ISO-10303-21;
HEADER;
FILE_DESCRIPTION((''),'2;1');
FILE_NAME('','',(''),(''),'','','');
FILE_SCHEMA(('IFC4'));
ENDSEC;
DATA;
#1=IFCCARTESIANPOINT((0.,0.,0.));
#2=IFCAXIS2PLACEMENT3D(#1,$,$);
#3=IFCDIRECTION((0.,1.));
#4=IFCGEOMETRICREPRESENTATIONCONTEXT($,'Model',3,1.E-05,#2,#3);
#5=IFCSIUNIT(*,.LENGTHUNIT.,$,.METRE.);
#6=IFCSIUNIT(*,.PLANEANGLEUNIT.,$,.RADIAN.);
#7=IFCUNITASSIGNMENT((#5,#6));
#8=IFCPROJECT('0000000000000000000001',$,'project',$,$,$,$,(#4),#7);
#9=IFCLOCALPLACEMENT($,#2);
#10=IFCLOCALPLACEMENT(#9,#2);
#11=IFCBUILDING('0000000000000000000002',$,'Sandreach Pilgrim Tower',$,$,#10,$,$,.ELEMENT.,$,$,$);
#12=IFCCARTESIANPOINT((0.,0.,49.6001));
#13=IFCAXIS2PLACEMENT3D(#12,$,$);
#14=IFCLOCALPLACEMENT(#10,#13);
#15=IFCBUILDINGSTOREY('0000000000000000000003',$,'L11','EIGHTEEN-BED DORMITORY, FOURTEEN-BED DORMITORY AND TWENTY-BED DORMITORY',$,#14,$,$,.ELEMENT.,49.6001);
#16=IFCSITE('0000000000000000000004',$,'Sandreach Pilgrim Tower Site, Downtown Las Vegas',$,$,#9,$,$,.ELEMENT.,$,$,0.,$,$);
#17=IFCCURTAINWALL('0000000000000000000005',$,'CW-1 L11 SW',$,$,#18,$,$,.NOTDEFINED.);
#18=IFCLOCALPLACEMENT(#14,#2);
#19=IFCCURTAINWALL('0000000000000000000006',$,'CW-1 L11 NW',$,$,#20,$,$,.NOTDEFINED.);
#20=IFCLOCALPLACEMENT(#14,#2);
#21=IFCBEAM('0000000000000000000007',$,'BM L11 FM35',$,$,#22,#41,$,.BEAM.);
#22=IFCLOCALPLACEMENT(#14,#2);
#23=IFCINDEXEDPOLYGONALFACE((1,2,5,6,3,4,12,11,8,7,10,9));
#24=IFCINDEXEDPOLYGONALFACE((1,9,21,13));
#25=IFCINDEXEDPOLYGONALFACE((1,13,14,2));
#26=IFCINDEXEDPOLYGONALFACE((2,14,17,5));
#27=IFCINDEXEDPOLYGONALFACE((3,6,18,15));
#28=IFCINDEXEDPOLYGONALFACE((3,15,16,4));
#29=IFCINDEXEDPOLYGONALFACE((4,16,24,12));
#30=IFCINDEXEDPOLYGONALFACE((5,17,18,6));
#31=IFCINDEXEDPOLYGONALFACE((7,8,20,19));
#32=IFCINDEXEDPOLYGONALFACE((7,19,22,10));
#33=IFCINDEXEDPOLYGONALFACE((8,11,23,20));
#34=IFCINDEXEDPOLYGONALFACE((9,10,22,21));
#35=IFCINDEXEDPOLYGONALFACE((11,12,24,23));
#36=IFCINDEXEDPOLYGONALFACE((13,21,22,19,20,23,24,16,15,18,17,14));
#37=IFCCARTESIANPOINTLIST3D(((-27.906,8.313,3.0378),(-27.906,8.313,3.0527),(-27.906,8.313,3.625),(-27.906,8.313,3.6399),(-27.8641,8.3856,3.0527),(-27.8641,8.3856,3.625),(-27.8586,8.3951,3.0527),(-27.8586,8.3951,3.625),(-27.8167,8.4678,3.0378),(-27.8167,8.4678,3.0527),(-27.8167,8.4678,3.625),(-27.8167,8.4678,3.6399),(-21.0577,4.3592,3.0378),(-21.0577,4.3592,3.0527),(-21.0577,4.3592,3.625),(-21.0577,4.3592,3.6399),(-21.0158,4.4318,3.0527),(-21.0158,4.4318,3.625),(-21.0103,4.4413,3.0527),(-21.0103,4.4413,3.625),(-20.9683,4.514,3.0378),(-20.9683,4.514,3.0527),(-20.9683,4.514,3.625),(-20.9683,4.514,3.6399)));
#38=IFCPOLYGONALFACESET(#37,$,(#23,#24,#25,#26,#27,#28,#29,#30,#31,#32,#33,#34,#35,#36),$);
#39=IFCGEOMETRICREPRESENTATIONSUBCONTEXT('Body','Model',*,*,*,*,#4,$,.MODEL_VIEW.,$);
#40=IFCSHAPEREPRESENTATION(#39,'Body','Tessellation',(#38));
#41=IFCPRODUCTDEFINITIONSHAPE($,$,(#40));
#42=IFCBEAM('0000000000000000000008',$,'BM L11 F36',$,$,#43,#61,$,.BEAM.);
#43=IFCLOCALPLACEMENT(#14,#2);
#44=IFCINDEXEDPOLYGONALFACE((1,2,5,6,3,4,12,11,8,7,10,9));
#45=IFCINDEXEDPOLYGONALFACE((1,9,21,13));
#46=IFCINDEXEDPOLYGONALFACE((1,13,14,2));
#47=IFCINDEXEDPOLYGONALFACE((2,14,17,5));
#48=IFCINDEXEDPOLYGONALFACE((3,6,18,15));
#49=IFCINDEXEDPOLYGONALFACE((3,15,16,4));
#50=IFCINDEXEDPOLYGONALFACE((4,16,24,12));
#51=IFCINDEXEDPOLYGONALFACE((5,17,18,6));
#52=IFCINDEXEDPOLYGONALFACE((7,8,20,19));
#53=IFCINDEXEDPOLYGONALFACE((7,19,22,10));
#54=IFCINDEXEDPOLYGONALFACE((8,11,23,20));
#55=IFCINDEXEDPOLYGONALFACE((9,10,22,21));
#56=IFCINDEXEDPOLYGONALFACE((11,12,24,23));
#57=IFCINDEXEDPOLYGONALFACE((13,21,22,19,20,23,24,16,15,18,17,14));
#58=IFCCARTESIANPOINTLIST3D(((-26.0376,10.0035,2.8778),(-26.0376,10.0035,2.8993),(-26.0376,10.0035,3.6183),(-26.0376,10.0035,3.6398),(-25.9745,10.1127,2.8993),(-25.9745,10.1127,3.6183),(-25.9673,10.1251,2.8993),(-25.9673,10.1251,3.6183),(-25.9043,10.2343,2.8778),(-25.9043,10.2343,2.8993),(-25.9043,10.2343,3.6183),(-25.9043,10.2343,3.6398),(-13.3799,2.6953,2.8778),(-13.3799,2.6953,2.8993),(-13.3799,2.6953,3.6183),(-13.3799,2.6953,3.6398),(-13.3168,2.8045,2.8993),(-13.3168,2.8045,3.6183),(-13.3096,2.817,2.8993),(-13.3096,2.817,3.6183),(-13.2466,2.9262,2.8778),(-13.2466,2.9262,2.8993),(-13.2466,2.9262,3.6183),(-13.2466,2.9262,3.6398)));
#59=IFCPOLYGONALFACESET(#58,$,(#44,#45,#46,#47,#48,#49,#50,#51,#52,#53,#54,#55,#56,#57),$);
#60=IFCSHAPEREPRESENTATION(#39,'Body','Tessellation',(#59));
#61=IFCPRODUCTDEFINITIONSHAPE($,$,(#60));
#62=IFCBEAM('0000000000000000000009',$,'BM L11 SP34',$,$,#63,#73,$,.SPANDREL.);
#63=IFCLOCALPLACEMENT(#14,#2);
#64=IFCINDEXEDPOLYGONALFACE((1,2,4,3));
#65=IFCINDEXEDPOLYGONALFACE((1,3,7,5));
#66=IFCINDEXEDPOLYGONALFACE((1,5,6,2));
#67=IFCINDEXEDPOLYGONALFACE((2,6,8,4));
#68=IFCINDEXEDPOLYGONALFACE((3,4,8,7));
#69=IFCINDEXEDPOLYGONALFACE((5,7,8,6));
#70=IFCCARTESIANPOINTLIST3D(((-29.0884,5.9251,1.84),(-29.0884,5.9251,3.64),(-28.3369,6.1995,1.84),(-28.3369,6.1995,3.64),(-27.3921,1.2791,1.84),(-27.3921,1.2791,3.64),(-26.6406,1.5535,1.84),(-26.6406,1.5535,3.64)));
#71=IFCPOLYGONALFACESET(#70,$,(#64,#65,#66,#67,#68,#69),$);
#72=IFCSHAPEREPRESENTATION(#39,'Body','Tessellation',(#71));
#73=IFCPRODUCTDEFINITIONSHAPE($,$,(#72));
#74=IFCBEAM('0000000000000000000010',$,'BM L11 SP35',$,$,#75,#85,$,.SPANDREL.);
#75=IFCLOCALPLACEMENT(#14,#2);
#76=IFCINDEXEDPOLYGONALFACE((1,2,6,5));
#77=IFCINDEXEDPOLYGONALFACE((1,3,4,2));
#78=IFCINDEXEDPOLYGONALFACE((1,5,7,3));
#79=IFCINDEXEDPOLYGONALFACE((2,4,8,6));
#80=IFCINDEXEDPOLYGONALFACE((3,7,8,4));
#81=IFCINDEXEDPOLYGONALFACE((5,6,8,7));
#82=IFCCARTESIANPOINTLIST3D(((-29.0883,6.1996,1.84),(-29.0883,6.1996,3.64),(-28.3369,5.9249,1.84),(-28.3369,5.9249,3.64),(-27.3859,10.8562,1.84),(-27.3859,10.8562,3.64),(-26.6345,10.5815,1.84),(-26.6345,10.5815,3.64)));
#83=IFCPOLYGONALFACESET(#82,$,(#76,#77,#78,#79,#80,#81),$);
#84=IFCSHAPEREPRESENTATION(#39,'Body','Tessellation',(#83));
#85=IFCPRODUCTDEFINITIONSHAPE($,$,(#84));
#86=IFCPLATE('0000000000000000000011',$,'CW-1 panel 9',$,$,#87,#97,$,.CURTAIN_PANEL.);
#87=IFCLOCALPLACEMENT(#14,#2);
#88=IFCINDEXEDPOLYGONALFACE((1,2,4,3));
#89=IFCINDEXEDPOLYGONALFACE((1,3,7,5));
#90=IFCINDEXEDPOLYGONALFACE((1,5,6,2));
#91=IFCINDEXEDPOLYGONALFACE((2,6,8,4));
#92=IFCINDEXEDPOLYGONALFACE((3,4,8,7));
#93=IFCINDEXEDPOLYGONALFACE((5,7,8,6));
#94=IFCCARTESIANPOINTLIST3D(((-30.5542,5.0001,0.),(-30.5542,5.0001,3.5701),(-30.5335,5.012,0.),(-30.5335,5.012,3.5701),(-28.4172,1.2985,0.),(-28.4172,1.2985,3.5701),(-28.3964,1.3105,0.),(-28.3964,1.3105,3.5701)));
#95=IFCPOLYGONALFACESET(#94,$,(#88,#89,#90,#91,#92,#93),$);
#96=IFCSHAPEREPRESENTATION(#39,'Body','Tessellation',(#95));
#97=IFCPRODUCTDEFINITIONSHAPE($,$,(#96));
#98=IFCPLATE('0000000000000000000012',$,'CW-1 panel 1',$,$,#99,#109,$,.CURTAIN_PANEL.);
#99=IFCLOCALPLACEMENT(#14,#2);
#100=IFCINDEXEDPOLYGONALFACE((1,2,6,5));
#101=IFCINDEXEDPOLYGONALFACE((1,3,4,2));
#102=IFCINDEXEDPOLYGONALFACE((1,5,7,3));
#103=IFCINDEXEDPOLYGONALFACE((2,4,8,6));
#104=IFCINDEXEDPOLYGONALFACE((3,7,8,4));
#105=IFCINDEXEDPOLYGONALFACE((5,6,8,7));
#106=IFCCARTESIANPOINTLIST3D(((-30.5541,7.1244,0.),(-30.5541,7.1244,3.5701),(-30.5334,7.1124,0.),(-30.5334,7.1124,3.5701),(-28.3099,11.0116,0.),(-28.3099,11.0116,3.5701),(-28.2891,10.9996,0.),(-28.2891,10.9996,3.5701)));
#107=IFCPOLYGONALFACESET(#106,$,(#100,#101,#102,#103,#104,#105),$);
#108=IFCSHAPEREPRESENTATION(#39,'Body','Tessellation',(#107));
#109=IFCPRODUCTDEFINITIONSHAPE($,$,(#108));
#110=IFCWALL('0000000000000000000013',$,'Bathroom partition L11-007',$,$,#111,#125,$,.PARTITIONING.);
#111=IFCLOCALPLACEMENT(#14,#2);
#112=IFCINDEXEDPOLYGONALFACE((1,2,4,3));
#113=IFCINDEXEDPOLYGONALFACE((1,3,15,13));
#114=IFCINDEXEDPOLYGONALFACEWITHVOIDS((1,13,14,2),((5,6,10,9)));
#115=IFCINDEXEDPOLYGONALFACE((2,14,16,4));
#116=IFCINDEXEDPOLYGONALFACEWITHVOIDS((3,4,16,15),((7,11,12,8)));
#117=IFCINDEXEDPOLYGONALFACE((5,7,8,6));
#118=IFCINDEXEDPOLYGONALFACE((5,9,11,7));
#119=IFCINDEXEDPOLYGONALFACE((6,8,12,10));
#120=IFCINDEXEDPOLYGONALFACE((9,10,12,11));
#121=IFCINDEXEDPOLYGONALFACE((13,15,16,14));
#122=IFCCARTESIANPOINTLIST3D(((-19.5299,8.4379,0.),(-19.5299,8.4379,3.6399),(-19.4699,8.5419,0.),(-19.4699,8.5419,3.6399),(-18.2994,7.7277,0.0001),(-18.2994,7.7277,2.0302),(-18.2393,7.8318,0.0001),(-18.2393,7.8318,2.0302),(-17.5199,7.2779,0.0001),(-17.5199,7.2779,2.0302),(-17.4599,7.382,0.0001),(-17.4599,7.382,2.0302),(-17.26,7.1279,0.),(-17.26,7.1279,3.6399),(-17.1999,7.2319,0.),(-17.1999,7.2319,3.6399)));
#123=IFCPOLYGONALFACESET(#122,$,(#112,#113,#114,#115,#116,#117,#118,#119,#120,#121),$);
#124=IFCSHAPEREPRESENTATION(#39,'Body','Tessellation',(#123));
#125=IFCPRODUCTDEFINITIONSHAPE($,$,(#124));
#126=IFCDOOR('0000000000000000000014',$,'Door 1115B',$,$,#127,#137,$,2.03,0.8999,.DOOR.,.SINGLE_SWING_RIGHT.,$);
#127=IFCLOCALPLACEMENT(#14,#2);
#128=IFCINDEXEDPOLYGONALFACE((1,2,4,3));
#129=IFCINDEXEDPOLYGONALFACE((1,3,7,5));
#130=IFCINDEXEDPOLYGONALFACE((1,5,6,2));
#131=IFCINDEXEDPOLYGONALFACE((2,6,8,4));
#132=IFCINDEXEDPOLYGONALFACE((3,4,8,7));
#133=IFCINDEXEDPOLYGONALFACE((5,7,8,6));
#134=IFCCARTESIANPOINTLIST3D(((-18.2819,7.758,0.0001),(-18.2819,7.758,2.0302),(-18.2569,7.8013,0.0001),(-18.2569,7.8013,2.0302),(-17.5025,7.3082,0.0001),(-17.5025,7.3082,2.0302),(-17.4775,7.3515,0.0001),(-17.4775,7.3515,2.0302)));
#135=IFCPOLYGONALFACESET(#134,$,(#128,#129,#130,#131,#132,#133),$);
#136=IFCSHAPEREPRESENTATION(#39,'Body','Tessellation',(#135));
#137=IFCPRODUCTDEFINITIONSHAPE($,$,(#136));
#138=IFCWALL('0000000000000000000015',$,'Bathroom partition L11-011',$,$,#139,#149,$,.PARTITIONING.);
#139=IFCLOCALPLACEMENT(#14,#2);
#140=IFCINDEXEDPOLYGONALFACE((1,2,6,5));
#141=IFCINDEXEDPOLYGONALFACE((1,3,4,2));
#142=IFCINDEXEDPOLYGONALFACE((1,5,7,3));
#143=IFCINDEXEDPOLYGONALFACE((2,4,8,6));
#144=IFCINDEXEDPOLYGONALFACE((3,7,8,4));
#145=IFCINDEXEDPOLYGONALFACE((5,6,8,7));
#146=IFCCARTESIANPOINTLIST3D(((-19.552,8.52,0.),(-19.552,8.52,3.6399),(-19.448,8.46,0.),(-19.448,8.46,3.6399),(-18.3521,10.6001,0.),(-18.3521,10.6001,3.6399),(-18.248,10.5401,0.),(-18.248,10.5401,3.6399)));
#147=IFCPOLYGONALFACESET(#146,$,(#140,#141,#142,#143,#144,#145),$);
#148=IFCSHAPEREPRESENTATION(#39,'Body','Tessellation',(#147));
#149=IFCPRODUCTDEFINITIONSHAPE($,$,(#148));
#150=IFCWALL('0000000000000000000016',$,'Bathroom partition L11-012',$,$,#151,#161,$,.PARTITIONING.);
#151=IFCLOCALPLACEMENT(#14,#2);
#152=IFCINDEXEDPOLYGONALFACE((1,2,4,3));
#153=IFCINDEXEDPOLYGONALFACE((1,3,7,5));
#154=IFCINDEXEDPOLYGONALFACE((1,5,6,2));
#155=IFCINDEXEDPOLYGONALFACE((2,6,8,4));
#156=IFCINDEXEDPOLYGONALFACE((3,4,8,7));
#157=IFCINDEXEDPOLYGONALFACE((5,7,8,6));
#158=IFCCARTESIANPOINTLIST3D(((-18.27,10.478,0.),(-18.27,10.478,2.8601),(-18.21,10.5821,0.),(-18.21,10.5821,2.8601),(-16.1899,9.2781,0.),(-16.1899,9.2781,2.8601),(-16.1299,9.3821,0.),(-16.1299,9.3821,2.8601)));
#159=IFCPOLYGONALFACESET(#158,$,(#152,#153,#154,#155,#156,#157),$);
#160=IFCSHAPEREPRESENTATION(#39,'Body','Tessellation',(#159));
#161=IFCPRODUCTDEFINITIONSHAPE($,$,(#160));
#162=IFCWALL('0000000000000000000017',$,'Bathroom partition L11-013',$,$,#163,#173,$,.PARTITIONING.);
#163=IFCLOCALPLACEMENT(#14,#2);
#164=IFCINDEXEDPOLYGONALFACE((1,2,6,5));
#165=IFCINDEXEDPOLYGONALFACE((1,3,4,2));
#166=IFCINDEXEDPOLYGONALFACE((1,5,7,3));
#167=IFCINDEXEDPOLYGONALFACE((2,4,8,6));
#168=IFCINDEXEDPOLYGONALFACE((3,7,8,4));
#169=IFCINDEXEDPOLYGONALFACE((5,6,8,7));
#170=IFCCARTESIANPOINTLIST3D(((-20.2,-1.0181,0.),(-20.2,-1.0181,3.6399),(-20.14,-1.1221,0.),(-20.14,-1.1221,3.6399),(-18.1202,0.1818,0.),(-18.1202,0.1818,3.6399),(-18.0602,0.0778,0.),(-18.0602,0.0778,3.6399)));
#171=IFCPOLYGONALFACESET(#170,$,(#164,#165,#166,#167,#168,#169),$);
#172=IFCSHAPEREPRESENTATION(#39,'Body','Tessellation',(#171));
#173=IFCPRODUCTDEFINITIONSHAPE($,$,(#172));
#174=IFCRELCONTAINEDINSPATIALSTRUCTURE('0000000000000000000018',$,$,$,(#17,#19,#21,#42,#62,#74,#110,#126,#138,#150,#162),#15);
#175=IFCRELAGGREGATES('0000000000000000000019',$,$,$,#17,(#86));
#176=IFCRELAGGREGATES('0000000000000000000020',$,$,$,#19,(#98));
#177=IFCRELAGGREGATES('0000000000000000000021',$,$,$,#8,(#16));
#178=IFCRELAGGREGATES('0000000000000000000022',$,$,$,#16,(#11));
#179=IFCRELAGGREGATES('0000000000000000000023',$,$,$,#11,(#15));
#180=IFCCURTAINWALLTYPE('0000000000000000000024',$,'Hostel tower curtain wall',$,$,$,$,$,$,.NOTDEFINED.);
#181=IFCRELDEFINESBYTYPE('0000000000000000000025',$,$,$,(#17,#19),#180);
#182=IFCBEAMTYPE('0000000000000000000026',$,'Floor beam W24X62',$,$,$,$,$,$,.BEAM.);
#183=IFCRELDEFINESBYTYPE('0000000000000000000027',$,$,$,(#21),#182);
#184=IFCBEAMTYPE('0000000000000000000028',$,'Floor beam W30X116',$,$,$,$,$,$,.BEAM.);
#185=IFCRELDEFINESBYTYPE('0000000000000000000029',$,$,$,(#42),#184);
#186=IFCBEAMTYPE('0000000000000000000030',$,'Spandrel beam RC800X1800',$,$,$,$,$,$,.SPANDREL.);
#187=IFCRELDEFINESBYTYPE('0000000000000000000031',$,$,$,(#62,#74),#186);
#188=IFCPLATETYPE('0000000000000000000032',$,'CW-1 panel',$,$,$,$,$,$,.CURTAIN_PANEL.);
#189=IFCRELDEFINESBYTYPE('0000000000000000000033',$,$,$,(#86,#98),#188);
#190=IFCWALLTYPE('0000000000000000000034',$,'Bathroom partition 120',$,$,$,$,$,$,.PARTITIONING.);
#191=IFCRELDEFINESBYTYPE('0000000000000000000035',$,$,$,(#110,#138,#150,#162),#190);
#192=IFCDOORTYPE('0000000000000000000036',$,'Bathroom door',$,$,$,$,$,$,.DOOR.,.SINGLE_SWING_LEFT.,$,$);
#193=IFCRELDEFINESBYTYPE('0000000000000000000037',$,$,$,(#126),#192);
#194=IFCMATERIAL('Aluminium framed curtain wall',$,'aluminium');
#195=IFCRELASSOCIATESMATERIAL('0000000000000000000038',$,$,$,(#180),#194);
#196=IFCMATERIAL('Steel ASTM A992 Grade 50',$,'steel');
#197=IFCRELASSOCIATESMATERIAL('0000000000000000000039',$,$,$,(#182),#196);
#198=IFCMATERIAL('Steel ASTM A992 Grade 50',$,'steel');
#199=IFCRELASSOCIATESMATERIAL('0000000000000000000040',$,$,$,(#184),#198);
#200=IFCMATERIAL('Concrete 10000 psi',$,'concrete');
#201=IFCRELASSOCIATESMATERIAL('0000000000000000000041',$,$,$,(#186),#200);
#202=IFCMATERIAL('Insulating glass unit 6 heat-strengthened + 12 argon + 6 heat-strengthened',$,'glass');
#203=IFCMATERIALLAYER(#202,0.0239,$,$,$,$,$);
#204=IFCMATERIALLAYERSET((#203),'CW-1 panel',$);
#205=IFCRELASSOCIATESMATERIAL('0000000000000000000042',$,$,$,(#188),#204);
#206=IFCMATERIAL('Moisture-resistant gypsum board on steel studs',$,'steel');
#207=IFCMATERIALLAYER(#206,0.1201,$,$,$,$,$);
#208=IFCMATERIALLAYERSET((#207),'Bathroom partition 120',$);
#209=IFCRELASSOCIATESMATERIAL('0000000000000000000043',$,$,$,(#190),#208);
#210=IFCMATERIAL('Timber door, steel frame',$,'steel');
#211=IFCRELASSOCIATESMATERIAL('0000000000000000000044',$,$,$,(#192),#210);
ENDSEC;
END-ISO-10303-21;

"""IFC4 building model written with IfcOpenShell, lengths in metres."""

from ifc_helpers import new_model, si_unit, direction, frame, frame_2d, origin, origin_2d, place, context, subcontext, project, spatial, rectangle, i_section, extrude, material, layer, layer_set, material_profile, profile_set, type_object, element, fill, aggregate, save


model = new_model("IFC4")

# Units and contexts
model_context = context("Model", 3, precision=1e-05, world=origin(), true_north=direction((0.0, 1.0)))
body_context = subcontext(model_context, "Body", "Model", "MODEL_VIEW")
ifc_project = project(units=[si_unit("LENGTHUNIT", "METRE"), si_unit("PLANEANGLEUNIT", "RADIAN")], contexts=[model_context])

# Site, building, storey
site_placement = place(None, origin())
site = spatial("IfcSite", under=ifc_project, at=site_placement, Name="Sandreach Pilgrim Tower Site, Downtown Las Vegas", CompositionType="ELEMENT", RefElevation=0.0)
building_placement = place(site_placement, origin())
building = spatial("IfcBuilding", under=site, at=building_placement, Name="Sandreach Pilgrim Tower", CompositionType="ELEMENT")
storey_placement = place(building_placement, frame((0.0, 0.0, 49.6001)))
storey = spatial("IfcBuildingStorey", under=building, at=storey_placement, Name="L11", Description="EIGHTEEN-BED DORMITORY, FOURTEEN-BED DORMITORY AND TWENTY-BED DORMITORY", CompositionType="ELEMENT", Elevation=49.6001)

# Curtain wall
ifc_material_1 = material(Name="Aluminium framed curtain wall", Category="aluminium")
curtain_wall_type = type_object("IfcCurtainWallType", Name="Hostel tower curtain wall", PredefinedType="NOTDEFINED", material=ifc_material_1)
curtain_wall_1_placement = place(storey_placement, origin())
curtain_wall_1 = element("IfcCurtainWall", 1, at=curtain_wall_1_placement, inside=storey, type_object=curtain_wall_type, Name="CW-1 L11 SW", PredefinedType="NOTDEFINED")

# Curtain wall
curtain_wall_2_placement = place(storey_placement, origin())
curtain_wall_2 = element("IfcCurtainWall", 2, at=curtain_wall_2_placement, inside=storey, type_object=curtain_wall_type, Name="CW-1 L11 NW", PredefinedType="NOTDEFINED")

# Beams
ifc_material_2 = material(Name="Steel ASTM A992 Grade 50", Category="steel")
ifc_material_profile_1 = material_profile(ifc_material_2, i_section(OverallWidth=0.1787, OverallDepth=0.6021, WebThickness=0.011, FlangeThickness=0.0149, at=origin_2d()), Name="W24X62")
ifc_profile_set_1 = profile_set([ifc_material_profile_1], Name="Steel ASTM A992 Grade 50")
beam_type_1 = type_object("IfcBeamType", Name="Floor beam W24X62", PredefinedType="BEAM", material=ifc_profile_set_1)
beam_1_placement = place(storey_placement, frame((-27.8613, 8.3904, 3.3389), z_axis=(0.866029, -0.499994, 0.0), x_axis=(0.499994, 0.866029, 0.0)))
element("IfcBeam", 3, at=beam_1_placement, inside=storey, type_object=beam_type_1, Name="BM L11 FM35", PredefinedType="BEAM", context=body_context, shape_type="SweptSolid", body=[
    extrude(i_section(OverallWidth=0.1787, OverallDepth=0.6021, WebThickness=0.011, FlangeThickness=0.0149, at=origin_2d()), origin(), (0.0, 0.0, 1.0), 7.9077),
])
ifc_material_3 = material(Name="Steel ASTM A992 Grade 50", Category="steel")
ifc_material_profile_2 = material_profile(ifc_material_3, i_section(OverallWidth=0.2666, OverallDepth=0.762, WebThickness=0.0144, FlangeThickness=0.0215, at=origin_2d()), Name="W30X116")
ifc_profile_set_2 = profile_set([ifc_material_profile_2], Name="Steel ASTM A992 Grade 50")
beam_type_2 = type_object("IfcBeamType", Name="Floor beam W30X116", PredefinedType="BEAM", material=ifc_profile_set_2)
beam_2_placement = place(storey_placement, frame((-25.9709, 10.1189, 3.2588), z_axis=(0.86602, -0.500009, 0.0), x_axis=(0.500009, 0.86602, 0.0)))
element("IfcBeam", 4, at=beam_2_placement, inside=storey, type_object=beam_type_2, Name="BM L11 F36", PredefinedType="BEAM", context=body_context, shape_type="SweptSolid", body=[
    extrude(i_section(OverallWidth=0.2666, OverallDepth=0.762, WebThickness=0.0144, FlangeThickness=0.0215, at=origin_2d()), origin(), (0.0, 0.0, 1.0), 14.616),
])
ifc_material_4 = material(Name="Concrete 10000 psi", Category="concrete")
ifc_material_profile_3 = material_profile(ifc_material_4, rectangle(XDim=0.8, YDim=1.8, at=origin_2d()), Name="RC800X1800")
ifc_profile_set_3 = profile_set([ifc_material_profile_3], Name="Concrete 10000 psi")
beam_type_3 = type_object("IfcBeamType", Name="Spandrel beam RC800X1800", PredefinedType="SPANDREL", material=ifc_profile_set_3)
beam_3_placement = place(storey_placement, frame((-27.0164, 1.4163, 2.74), z_axis=(-0.342963, 0.939349, 0.0), x_axis=(-0.939349, -0.342963, 0.0)))
element("IfcBeam", 5, at=beam_3_placement, inside=storey, type_object=beam_type_3, Name="BM L11 SP34", PredefinedType="SPANDREL", context=body_context, shape_type="SweptSolid", body=[
    extrude(rectangle(XDim=0.8, YDim=1.8, at=origin_2d()), origin(), (0.0, 0.0, 1.0), 4.946),
])
beam_4_placement = place(storey_placement, frame((-28.7126, 6.0623, 2.74), z_axis=(0.343368, 0.939201, 0.0), x_axis=(-0.939201, 0.343368, 0.0)))
element("IfcBeam", 6, at=beam_4_placement, inside=storey, type_object=beam_type_3, Name="BM L11 SP35", PredefinedType="SPANDREL", context=body_context, shape_type="SweptSolid", body=[
    extrude(rectangle(XDim=0.8, YDim=1.8, at=origin_2d()), origin(), (0.0, 0.0, 1.0), 4.958),
])

# Plates
ifc_material_5 = material(Name="Insulating glass unit 6 heat-strengthened + 12 argon + 6 heat-strengthened", Category="glass")
ifc_layer_1 = layer(ifc_material_5, 0.0239)
ifc_layer_set_1 = layer_set([ifc_layer_1], Name="CW-1 panel")
plate_type = type_object("IfcPlateType", Name="CW-1 panel", PredefinedType="CURTAIN_PANEL", material=ifc_layer_set_1)
plate_1_placement = place(storey_placement, frame((-29.4753, 3.1553, 0.0), z_axis=(0.0, 0.0, 1.0), x_axis=(-0.5, 0.866025, 0.0)))
plate_1 = element("IfcPlate", 7, at=plate_1_placement, type_object=plate_type, Name="CW-1 panel 9", PredefinedType="CURTAIN_PANEL", context=body_context, shape_type="SweptSolid", body=[
    extrude(rectangle(XDim=4.2742, YDim=0.0239, at=origin_2d()), origin(), (0.0, 0.0, 1.0), 3.5701),
])
aggregate(curtain_wall_1, [plate_1])
plate_2_placement = place(storey_placement, frame((-29.4216, 9.062, 0.0), z_axis=(0.0, 0.0, 1.0), x_axis=(0.5, 0.866025, 0.0)))
plate_2 = element("IfcPlate", 8, at=plate_2_placement, type_object=plate_type, Name="CW-1 panel 1", PredefinedType="CURTAIN_PANEL", context=body_context, shape_type="SweptSolid", body=[
    extrude(rectangle(XDim=4.4885, YDim=0.0239, at=origin_2d()), origin(), (0.0, 0.0, 1.0), 3.5701),
])
aggregate(curtain_wall_2, [plate_2])

# Wall, opening, door
ifc_material_6 = material(Name="Moisture-resistant gypsum board on steel studs", Category="steel")
ifc_layer_2 = layer(ifc_material_6, 0.1201)
ifc_layer_set_2 = layer_set([ifc_layer_2], Name="Bathroom partition 120")
wall_type_1 = type_object("IfcWallType", Name="Bathroom partition 120", PredefinedType="PARTITIONING", material=ifc_layer_set_2)
wall_1_placement = place(storey_placement, frame((-19.5, 8.49, 0.0), z_axis=(0.0, 0.0, 1.0), x_axis=(0.866114, -0.499846, 0.0)))
wall_1 = element("IfcWall", 9, at=wall_1_placement, inside=storey, type_object=wall_type_1, Name="Bathroom partition L11-007", PredefinedType="PARTITIONING", context=body_context, shape_type="SweptSolid", body=[
    extrude(rectangle(XDim=2.6208, YDim=0.1201, at=frame_2d((1.3105, 0.0))), origin(), (0.0, 0.0, 1.0), 3.6399),
])
opening_1_placement = place(wall_1_placement, frame((1.4209, 0.0, 0.0)))
opening_1 = element("IfcOpeningElement", 10, at=opening_1_placement, cuts=wall_1, PredefinedType="OPENING", context=body_context, shape_type="SweptSolid", body=[
    extrude(rectangle(XDim=0.8999, YDim=2.03, at=frame_2d((0.45, 1.0151))), frame((0.0, 0.0601, 0.0), z_axis=(0.0, -1.0, 0.0), x_axis=(1.0, 0.0, 0.0)), (0.0, 0.0, 1.0), 0.1201),
])
ifc_material_7 = material(Name="Timber door, steel frame", Category="steel")
door_type_1 = type_object("IfcDoorType", Name="Bathroom door", OperationType="SINGLE_SWING_LEFT", PredefinedType="DOOR", material=ifc_material_7)
door_1_placement = place(opening_1_placement, origin())
door_1 = element("IfcDoor", 11, at=door_1_placement, inside=storey, type_object=door_type_1, Name="Door 1115B", OperationType="SINGLE_SWING_RIGHT", OverallHeight=2.03, OverallWidth=0.8999, PredefinedType="DOOR", context=body_context, shape_type="SweptSolid", body=[
    extrude(rectangle(XDim=0.8999, YDim=2.03, at=frame_2d((0.45, 1.0151))), frame((0.0, 0.0249, 0.0), z_axis=(0.0, -1.0, 0.0), x_axis=(1.0, 0.0, 0.0)), (0.0, 0.0, 1.0), 0.05),
])
fill(opening_1, door_1)

# Walls
wall_2_placement = place(storey_placement, frame((-18.3, 10.5701, 0.0), z_axis=(0.0, 0.0, 1.0), x_axis=(-0.499693, -0.866203, 0.0)))
element("IfcWall", 12, at=wall_2_placement, inside=storey, type_object=wall_type_1, Name="Bathroom partition L11-011", PredefinedType="PARTITIONING", context=body_context, shape_type="SweptSolid", body=[
    extrude(rectangle(XDim=2.4014, YDim=0.1201, at=frame_2d((1.2007, 0.0))), origin(), (0.0, 0.0, 1.0), 3.6399),
])
wall_3_placement = place(storey_placement, frame((-18.24, 10.53, 0.0), z_axis=(0.0, 0.0, 1.0), x_axis=(0.866203, -0.499693, 0.0)))
element("IfcWall", 13, at=wall_3_placement, inside=storey, type_object=wall_type_1, Name="Bathroom partition L11-012", PredefinedType="PARTITIONING", context=body_context, shape_type="SweptSolid", body=[
    extrude(rectangle(XDim=2.4014, YDim=0.1201, at=frame_2d((1.2007, 0.0))), origin(), (0.0, 0.0, 1.0), 2.8601),
])
wall_4_placement = place(storey_placement, frame((-18.0901, 0.1299, 0.0), z_axis=(0.0, 0.0, 1.0), x_axis=(-0.866177, -0.499737, 0.0)))
element("IfcWall", 14, at=wall_4_placement, inside=storey, type_object=wall_type_1, Name="Bathroom partition L11-013", PredefinedType="PARTITIONING", context=body_context, shape_type="SweptSolid", body=[
    extrude(rectangle(XDim=2.4011, YDim=0.1201, at=frame_2d((1.2007, 0.0))), origin(), (0.0, 0.0, 1.0), 3.6399),
])

save(model, "model.ifc")
